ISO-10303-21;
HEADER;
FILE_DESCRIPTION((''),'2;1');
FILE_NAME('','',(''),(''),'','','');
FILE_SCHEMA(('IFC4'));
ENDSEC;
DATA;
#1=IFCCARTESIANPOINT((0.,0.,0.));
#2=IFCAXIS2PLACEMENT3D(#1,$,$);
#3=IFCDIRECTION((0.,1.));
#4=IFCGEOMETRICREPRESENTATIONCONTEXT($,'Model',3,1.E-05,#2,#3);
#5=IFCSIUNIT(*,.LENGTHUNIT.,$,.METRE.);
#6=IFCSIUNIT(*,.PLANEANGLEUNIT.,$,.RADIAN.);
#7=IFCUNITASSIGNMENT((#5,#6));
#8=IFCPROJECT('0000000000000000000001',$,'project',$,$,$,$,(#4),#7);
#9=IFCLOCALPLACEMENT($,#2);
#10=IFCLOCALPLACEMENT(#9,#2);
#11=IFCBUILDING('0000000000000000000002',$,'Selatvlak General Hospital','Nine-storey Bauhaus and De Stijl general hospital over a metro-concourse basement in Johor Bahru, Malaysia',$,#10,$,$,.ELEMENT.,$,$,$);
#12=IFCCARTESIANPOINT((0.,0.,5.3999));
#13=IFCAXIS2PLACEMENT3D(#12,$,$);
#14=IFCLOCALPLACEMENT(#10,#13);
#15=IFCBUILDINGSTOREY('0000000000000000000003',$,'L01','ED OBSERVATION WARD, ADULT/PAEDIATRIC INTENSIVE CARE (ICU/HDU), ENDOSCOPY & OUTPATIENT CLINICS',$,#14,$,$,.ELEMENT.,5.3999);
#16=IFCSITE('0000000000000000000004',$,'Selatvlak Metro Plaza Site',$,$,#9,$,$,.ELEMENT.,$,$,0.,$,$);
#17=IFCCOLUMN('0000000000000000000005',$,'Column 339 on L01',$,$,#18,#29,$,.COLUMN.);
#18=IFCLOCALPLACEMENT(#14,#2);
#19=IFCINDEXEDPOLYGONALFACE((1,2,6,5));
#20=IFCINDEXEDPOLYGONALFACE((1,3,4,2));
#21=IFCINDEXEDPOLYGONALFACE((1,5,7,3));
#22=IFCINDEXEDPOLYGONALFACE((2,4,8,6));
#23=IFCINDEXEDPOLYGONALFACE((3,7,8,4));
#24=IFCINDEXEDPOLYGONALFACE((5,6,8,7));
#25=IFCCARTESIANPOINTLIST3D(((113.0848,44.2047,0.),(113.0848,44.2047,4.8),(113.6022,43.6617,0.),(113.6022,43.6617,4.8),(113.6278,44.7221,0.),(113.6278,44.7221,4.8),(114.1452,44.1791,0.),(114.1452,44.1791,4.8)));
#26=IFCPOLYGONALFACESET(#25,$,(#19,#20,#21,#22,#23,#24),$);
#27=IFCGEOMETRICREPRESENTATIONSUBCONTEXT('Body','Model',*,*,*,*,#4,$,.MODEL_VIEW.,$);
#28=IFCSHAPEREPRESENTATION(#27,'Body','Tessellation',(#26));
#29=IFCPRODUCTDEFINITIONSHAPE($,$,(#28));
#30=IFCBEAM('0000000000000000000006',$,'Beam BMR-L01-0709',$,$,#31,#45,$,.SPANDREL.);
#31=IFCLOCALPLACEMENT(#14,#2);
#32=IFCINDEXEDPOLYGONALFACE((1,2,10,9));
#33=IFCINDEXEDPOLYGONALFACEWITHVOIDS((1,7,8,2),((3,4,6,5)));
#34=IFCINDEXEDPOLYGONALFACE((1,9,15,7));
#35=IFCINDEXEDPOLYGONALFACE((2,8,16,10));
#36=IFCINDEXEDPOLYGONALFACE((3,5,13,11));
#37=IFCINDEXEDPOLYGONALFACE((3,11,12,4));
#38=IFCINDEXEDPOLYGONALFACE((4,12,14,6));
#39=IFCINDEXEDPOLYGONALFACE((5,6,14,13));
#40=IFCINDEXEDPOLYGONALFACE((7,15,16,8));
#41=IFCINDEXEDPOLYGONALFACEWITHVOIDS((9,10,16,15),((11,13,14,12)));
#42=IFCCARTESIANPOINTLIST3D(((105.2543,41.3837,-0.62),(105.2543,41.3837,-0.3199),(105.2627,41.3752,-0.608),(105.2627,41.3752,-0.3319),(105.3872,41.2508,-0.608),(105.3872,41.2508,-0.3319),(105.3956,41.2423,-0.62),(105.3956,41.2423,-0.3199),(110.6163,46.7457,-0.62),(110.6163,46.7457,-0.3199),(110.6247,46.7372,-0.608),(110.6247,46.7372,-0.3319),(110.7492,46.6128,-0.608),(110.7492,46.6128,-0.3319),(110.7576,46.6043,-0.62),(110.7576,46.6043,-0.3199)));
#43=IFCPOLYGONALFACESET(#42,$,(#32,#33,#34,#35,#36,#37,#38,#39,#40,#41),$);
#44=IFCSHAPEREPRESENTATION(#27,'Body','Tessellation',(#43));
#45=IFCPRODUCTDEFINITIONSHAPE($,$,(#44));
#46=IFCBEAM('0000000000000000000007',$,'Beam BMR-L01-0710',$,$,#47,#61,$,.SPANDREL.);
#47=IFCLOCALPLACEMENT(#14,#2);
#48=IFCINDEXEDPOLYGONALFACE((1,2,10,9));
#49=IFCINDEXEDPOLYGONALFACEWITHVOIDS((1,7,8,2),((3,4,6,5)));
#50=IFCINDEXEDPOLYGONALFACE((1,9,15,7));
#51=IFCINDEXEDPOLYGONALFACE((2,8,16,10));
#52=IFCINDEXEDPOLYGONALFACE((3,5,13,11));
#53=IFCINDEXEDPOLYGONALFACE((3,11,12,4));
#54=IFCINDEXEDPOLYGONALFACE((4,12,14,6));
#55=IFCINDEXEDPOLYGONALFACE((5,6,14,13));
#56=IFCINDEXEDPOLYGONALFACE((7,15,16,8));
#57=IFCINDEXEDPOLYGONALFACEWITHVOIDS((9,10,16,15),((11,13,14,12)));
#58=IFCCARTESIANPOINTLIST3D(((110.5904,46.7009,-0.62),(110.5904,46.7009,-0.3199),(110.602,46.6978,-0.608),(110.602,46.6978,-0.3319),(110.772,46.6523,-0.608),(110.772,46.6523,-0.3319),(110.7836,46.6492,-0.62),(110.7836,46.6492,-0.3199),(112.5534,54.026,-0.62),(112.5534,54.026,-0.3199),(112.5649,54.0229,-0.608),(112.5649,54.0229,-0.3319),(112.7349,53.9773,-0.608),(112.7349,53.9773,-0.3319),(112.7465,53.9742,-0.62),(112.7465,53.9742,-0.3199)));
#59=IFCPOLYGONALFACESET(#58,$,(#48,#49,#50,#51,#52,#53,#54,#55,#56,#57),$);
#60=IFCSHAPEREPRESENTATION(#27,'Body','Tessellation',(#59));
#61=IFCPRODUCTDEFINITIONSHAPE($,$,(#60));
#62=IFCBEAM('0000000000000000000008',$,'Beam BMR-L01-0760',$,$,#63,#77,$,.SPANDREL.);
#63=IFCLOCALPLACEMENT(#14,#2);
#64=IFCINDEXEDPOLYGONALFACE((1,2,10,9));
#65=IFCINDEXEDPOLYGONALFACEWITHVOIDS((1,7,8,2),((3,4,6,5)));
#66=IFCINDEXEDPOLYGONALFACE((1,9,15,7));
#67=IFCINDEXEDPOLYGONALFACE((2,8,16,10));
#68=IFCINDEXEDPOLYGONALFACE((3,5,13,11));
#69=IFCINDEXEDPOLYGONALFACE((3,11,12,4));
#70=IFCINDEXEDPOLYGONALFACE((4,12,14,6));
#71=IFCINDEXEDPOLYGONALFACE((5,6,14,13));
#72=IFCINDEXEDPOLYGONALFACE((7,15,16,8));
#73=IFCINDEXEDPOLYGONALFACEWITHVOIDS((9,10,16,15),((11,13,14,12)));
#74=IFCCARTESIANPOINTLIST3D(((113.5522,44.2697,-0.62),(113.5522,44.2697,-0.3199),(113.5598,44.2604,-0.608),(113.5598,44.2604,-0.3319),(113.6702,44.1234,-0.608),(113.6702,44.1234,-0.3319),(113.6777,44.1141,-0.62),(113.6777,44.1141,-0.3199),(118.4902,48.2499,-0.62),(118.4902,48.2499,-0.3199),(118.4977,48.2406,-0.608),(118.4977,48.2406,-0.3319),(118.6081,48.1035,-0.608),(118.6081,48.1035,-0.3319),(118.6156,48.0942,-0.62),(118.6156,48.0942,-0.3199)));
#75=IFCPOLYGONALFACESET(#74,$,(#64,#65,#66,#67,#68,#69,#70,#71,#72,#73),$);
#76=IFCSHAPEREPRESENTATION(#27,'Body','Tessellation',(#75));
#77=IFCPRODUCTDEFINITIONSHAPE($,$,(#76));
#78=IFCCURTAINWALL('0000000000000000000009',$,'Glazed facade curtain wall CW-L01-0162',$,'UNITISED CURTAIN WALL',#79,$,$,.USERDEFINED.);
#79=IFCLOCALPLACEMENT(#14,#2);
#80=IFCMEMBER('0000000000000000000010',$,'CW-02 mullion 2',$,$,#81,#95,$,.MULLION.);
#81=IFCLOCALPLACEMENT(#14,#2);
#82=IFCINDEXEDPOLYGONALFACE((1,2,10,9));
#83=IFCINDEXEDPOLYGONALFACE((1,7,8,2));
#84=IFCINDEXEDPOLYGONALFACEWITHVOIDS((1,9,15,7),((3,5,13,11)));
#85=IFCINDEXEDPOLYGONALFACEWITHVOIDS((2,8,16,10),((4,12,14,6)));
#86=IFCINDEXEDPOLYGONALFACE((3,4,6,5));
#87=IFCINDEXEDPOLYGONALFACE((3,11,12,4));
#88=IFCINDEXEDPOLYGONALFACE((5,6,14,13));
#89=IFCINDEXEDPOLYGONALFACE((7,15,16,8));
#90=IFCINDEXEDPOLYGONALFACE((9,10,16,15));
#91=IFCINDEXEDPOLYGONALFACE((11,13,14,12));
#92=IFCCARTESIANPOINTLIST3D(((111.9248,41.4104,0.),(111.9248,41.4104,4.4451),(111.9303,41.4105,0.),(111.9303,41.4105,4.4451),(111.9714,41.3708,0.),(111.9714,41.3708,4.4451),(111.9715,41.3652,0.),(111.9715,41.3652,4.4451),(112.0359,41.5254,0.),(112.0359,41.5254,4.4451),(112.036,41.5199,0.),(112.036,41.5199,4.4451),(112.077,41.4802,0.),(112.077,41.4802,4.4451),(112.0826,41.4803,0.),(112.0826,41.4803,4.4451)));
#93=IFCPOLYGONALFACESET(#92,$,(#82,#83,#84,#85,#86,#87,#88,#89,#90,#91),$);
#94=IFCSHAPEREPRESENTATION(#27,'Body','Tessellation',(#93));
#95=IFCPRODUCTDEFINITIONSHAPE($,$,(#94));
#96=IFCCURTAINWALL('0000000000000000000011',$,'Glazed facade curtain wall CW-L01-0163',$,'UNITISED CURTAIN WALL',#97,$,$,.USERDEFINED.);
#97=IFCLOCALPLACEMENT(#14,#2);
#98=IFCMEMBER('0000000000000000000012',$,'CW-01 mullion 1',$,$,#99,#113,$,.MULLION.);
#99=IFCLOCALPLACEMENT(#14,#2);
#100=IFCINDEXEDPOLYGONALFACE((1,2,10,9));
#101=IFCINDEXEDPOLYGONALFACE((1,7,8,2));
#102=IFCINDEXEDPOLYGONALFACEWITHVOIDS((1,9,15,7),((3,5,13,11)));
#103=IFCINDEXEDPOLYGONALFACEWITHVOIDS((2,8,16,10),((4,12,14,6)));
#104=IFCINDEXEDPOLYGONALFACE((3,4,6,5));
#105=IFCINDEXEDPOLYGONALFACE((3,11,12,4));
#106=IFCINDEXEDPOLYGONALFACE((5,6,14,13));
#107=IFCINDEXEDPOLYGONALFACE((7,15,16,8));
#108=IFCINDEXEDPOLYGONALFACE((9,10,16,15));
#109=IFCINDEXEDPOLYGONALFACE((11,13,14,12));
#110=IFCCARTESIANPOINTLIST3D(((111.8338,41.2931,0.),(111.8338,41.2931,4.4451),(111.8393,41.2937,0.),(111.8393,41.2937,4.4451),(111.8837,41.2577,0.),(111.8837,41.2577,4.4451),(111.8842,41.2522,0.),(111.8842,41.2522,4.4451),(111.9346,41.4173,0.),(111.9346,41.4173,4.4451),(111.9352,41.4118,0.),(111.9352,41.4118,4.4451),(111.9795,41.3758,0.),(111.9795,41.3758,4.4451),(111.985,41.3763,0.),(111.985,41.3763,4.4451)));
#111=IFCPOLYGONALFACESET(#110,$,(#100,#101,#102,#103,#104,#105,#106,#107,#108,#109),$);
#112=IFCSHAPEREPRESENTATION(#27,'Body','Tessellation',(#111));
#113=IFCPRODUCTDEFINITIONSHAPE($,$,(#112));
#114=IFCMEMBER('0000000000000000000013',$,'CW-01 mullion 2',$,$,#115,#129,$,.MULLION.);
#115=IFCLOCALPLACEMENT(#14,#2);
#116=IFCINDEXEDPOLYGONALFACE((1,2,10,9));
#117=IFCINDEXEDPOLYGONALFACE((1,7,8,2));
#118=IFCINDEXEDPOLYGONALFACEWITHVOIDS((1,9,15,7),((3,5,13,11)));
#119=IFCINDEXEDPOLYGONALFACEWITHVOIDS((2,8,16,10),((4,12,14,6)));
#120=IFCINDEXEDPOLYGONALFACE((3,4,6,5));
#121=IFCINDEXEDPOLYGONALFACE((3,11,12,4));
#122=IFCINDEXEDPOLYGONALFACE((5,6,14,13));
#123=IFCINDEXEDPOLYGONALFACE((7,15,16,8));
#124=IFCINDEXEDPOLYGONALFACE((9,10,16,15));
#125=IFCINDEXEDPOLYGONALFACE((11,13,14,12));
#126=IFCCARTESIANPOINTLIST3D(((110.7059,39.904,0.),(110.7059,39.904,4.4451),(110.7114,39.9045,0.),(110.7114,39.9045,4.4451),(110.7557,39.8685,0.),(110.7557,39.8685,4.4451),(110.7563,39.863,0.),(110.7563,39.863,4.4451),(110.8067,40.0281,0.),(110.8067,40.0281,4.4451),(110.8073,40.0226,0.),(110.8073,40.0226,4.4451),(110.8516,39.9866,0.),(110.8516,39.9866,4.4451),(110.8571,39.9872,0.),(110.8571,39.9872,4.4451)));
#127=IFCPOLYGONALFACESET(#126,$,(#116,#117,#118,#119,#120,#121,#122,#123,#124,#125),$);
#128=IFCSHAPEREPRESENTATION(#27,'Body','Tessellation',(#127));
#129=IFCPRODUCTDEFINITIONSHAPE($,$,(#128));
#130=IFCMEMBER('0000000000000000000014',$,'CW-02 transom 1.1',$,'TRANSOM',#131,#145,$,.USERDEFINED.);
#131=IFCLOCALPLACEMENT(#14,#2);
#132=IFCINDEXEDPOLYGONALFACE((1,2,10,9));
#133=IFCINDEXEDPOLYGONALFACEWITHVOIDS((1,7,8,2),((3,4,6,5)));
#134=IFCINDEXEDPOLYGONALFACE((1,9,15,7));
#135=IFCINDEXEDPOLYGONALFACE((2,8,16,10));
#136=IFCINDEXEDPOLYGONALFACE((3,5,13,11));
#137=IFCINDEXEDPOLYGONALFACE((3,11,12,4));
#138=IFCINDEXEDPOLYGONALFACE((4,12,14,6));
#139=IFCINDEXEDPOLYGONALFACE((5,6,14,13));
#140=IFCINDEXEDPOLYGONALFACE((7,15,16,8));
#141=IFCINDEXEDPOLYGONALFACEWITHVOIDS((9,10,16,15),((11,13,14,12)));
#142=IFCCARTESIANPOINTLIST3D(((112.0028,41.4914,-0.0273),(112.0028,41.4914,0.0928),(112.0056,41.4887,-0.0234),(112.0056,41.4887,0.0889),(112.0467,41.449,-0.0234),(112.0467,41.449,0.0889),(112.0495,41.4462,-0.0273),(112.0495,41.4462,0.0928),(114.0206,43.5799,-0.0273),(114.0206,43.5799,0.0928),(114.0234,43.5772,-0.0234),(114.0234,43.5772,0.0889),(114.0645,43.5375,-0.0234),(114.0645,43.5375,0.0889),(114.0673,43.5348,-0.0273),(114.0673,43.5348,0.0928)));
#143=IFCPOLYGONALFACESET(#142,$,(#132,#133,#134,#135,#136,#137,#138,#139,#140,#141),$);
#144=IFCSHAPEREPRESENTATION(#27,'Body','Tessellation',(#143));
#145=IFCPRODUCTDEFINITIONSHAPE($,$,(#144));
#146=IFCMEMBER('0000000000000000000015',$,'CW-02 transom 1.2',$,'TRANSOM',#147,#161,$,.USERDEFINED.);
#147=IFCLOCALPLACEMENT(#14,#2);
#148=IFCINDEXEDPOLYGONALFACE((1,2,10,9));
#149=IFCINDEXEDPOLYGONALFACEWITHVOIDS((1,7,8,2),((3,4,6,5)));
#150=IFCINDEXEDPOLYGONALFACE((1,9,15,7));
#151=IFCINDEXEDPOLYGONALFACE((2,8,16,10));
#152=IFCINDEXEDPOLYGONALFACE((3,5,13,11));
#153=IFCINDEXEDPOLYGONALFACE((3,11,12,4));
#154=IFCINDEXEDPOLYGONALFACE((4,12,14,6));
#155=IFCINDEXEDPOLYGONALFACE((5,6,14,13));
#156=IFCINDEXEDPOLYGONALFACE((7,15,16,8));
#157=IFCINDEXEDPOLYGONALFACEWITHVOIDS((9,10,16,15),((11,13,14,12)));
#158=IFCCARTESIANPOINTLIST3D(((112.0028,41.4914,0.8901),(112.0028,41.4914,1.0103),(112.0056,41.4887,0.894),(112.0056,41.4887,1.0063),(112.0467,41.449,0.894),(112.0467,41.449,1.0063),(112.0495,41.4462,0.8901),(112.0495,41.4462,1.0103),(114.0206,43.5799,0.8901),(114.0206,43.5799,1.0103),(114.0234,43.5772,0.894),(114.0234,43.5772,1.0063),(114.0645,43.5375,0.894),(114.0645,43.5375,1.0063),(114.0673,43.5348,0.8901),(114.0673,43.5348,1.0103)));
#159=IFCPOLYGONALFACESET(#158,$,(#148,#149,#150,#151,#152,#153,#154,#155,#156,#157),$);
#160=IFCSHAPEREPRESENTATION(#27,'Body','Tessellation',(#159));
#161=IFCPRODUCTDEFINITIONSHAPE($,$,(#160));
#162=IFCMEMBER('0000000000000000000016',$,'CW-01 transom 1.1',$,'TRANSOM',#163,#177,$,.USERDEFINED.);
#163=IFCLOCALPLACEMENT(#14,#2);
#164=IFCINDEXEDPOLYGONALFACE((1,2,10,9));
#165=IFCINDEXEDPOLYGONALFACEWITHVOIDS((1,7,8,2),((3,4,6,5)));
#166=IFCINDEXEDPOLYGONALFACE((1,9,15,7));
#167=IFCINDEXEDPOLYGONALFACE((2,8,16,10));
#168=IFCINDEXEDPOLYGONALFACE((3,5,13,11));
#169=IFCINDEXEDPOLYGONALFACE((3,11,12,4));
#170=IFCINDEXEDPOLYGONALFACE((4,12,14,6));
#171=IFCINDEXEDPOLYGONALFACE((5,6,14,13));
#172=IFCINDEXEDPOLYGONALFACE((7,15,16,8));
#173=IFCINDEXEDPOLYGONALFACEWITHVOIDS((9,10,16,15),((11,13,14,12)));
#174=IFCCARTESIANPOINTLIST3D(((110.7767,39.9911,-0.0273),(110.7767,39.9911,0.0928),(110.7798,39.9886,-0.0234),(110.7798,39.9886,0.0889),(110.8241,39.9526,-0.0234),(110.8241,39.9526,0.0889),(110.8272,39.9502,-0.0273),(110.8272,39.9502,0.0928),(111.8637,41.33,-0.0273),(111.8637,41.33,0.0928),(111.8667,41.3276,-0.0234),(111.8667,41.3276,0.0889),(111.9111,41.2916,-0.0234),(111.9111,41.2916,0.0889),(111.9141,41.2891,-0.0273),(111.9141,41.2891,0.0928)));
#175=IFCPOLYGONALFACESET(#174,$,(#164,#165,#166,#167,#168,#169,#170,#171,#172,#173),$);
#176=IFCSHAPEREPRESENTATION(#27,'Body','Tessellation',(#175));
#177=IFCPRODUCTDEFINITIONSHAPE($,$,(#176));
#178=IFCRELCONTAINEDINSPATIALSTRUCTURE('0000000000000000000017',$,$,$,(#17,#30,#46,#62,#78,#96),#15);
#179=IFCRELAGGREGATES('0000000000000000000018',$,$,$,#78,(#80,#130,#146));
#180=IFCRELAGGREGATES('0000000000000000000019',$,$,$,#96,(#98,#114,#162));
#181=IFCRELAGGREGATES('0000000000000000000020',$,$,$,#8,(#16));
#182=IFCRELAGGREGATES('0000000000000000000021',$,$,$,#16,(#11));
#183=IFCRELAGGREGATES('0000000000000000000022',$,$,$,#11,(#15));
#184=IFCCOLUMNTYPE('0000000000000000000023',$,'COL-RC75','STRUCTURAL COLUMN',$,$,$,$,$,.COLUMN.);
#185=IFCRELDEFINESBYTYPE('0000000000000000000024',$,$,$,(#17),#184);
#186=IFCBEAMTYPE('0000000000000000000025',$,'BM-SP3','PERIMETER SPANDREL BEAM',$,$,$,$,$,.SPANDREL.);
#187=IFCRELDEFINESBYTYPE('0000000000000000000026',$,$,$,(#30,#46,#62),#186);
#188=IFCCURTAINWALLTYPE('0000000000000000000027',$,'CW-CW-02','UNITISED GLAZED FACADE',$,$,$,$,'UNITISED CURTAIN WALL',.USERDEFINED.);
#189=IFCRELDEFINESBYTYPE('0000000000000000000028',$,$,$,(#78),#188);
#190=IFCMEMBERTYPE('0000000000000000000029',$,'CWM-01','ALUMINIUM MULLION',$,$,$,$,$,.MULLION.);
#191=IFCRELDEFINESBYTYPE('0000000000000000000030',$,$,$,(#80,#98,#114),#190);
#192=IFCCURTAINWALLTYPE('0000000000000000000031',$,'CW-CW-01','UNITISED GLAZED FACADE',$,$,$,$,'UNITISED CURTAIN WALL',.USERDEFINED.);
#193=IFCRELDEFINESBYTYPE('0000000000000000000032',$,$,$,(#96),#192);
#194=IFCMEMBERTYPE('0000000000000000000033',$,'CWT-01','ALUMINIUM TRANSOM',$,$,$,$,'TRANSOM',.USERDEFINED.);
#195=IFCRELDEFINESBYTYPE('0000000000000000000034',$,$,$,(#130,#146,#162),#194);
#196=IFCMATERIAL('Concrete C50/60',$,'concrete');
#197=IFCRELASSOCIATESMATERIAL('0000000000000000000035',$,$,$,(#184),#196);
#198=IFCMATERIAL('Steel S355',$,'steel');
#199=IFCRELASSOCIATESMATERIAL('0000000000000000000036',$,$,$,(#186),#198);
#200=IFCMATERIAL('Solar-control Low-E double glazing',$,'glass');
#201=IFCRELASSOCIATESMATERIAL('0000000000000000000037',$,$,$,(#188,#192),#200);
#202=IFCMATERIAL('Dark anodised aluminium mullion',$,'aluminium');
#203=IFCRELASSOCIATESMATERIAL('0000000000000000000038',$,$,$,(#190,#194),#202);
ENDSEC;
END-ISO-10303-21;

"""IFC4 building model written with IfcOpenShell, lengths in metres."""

from ifc_helpers import new_model, si_unit, direction, frame, origin, origin_2d, place, context, subcontext, project, spatial, rectangle, hollow_rectangle, extrude, material, material_profile, profile_set, type_object, element, aggregate, save


model = new_model("IFC4")

# Units and contexts
model_context = context("Model", 3, precision=1e-05, world=origin(), true_north=direction((0.0, 1.0)))
body_context = subcontext(model_context, "Body", "Model", "MODEL_VIEW")
ifc_project = project(units=[si_unit("LENGTHUNIT", "METRE"), si_unit("PLANEANGLEUNIT", "RADIAN")], contexts=[model_context])

# Site, building, storey
site_placement = place(None, origin())
site = spatial("IfcSite", under=ifc_project, at=site_placement, Name="Selatvlak Metro Plaza Site", CompositionType="ELEMENT", RefElevation=0.0)
building_placement = place(site_placement, origin())
building = spatial("IfcBuilding", under=site, at=building_placement, Name="Selatvlak General Hospital", Description="Nine-storey Bauhaus and De Stijl general hospital over a metro-concourse basement in Johor Bahru, Malaysia", CompositionType="ELEMENT")
storey_placement = place(building_placement, frame((0.0, 0.0, 5.3999)))
storey = spatial("IfcBuildingStorey", under=building, at=storey_placement, Name="L01", Description="ED OBSERVATION WARD, ADULT/PAEDIATRIC INTENSIVE CARE (ICU/HDU), ENDOSCOPY & OUTPATIENT CLINICS", CompositionType="ELEMENT", Elevation=5.3999)

# Column
ifc_material_1 = material(Name="Concrete C50/60", Category="concrete")
ifc_material_profile_1 = material_profile(ifc_material_1, rectangle(XDim=0.75, YDim=0.75, at=origin_2d()), Name="RC-COL 750x750")
ifc_profile_set_1 = profile_set([ifc_material_profile_1], Name="Concrete C50/60")
column_type_1 = type_object("IfcColumnType", Name="COL-RC75", Description="STRUCTURAL COLUMN", PredefinedType="COLUMN", material=ifc_profile_set_1)
column_placement = place(storey_placement, frame((113.615, 44.1919, 0.0), z_axis=(0.0, 0.0, 1.0), x_axis=(-0.689872, 0.723931, 0.0)))
element("IfcColumn", 1, at=column_placement, inside=storey, type_object=column_type_1, Name="Column 339 on L01", PredefinedType="COLUMN", context=body_context, shape_type="SweptSolid", body=[
    extrude(rectangle(XDim=0.75, YDim=0.75, at=origin_2d()), origin(), (0.0, 0.0, 1.0), 4.8),
])

# Beams
ifc_material_2 = material(Name="Steel S355", Category="steel")
ifc_material_profile_2 = material_profile(ifc_material_2, hollow_rectangle(XDim=0.2, YDim=0.3, WallThickness=0.012, at=origin_2d()), Name="RHS 300x200x12")
ifc_profile_set_2 = profile_set([ifc_material_profile_2], Name="Steel S355")
beam_type = type_object("IfcBeamType", Name="BM-SP3", Description="PERIMETER SPANDREL BEAM", PredefinedType="SPANDREL", material=ifc_profile_set_2)
beam_1_placement = place(storey_placement, frame((105.325, 41.313, -0.47), z_axis=(0.707107, 0.707107, 0.0), x_axis=(-0.707107, 0.707107, 0.0)))
element("IfcBeam", 2, at=beam_1_placement, inside=storey, type_object=beam_type, Name="Beam BMR-L01-0709", PredefinedType="SPANDREL", context=body_context, shape_type="SweptSolid", body=[
    extrude(hollow_rectangle(XDim=0.2, YDim=0.3, WallThickness=0.012, at=origin_2d()), origin(), (0.0, 0.0, 1.0), 7.583),
])
beam_2_placement = place(storey_placement, frame((110.687, 46.675, -0.47), z_axis=(0.258841, 0.96592, 0.0), x_axis=(-0.96592, 0.258841, 0.0)))
element("IfcBeam", 3, at=beam_2_placement, inside=storey, type_object=beam_type, Name="Beam BMR-L01-0710", PredefinedType="SPANDREL", context=body_context, shape_type="SweptSolid", body=[
    extrude(hollow_rectangle(XDim=0.2, YDim=0.3, WallThickness=0.012, at=origin_2d()), origin(), (0.0, 0.0, 1.0), 7.5835),
])
beam_3_placement = place(storey_placement, frame((113.615, 44.1919, -0.47), z_axis=(0.778569, 0.627559, 0.0), x_axis=(-0.627559, 0.778569, 0.0)))
element("IfcBeam", 4, at=beam_3_placement, inside=storey, type_object=beam_type, Name="Beam BMR-L01-0760", PredefinedType="SPANDREL", context=body_context, shape_type="SweptSolid", body=[
    extrude(hollow_rectangle(XDim=0.2, YDim=0.3, WallThickness=0.012, at=origin_2d()), origin(), (0.0, 0.0, 1.0), 6.3423),
])

# Curtain wall, member
ifc_material_3 = material(Name="Solar-control Low-E double glazing", Category="glass")
curtain_wall_type_1 = type_object("IfcCurtainWallType", Name="CW-CW-02", Description="UNITISED GLAZED FACADE", ElementType="UNITISED CURTAIN WALL", PredefinedType="USERDEFINED", material=ifc_material_3)
curtain_wall_1_placement = place(storey_placement, origin())
curtain_wall_1 = element("IfcCurtainWall", 5, at=curtain_wall_1_placement, inside=storey, type_object=curtain_wall_type_1, Name="Glazed facade curtain wall CW-L01-0162", ObjectType="UNITISED CURTAIN WALL", PredefinedType="USERDEFINED")
ifc_material_4 = material(Name="Dark anodised aluminium mullion", Category="aluminium")
ifc_material_profile_3 = material_profile(ifc_material_4, hollow_rectangle(XDim=0.0649, YDim=0.1599, WallThickness=0.0039, at=origin_2d()), Name="AL-MUL 65x160x4")
ifc_profile_set_3 = profile_set([ifc_material_profile_3], Name="Dark anodised aluminium mullion")
member_type_1 = type_object("IfcMemberType", Name="CWM-01", Description="ALUMINIUM MULLION", PredefinedType="MULLION", material=ifc_profile_set_3)
member_1_placement = place(storey_placement, frame((112.0037, 41.4453, 0.0), z_axis=(0.0, 0.0, 1.0), x_axis=(0.719197, -0.694806, 0.0)))
member_1 = element("IfcMember", 6, at=member_1_placement, type_object=member_type_1, Name="CW-02 mullion 2", PredefinedType="MULLION", context=body_context, shape_type="SweptSolid", body=[
    extrude(hollow_rectangle(XDim=0.0649, YDim=0.1599, WallThickness=0.0039, at=origin_2d()), origin(), (0.0, 0.0, 1.0), 4.4451),
])

# Curtain wall, members
curtain_wall_type_2 = type_object("IfcCurtainWallType", Name="CW-CW-01", Description="UNITISED GLAZED FACADE", ElementType="UNITISED CURTAIN WALL", PredefinedType="USERDEFINED", material=ifc_material_3)
curtain_wall_2_placement = place(storey_placement, origin())
curtain_wall_2 = element("IfcCurtainWall", 7, at=curtain_wall_2_placement, inside=storey, type_object=curtain_wall_type_2, Name="Glazed facade curtain wall CW-L01-0163", ObjectType="UNITISED CURTAIN WALL", PredefinedType="USERDEFINED")
member_2_placement = place(storey_placement, frame((111.9094, 41.3347, 0.0), z_axis=(0.0, 0.0, 1.0), x_axis=(0.776324, -0.630334, 0.0)))
member_2 = element("IfcMember", 8, at=member_2_placement, type_object=member_type_1, Name="CW-01 mullion 1", PredefinedType="MULLION", context=body_context, shape_type="SweptSolid", body=[
    extrude(hollow_rectangle(XDim=0.0649, YDim=0.1599, WallThickness=0.0039, at=origin_2d()), origin(), (0.0, 0.0, 1.0), 4.4451),
])
member_3_placement = place(storey_placement, frame((110.7815, 39.9456, 0.0), z_axis=(0.0, 0.0, 1.0), x_axis=(0.776324, -0.630334, 0.0)))
member_3 = element("IfcMember", 9, at=member_3_placement, type_object=member_type_1, Name="CW-01 mullion 2", PredefinedType="MULLION", context=body_context, shape_type="SweptSolid", body=[
    extrude(hollow_rectangle(XDim=0.0649, YDim=0.1599, WallThickness=0.0039, at=origin_2d()), origin(), (0.0, 0.0, 1.0), 4.4451),
])

# Members
ifc_material_profile_4 = material_profile(ifc_material_4, hollow_rectangle(XDim=0.0649, YDim=0.1201, WallThickness=0.0039, at=origin_2d()), Name="AL-TRN 65x120x4")
ifc_profile_set_4 = profile_set([ifc_material_profile_4], Name="Dark anodised aluminium mullion")
member_type_2 = type_object("IfcMemberType", Name="CWT-01", Description="ALUMINIUM TRANSOM", ElementType="TRANSOM", PredefinedType="USERDEFINED", material=ifc_profile_set_4)
member_4_placement = place(storey_placement, frame((114.0439, 43.5574, 0.0327), z_axis=(-0.694812, -0.719191, 0.0), x_axis=(0.719191, -0.694812, 0.0)))
member_4 = element("IfcMember", 10, at=member_4_placement, type_object=member_type_2, Name="CW-02 transom 1.1", ObjectType="TRANSOM", PredefinedType="USERDEFINED", context=body_context, shape_type="SweptSolid", body=[
    extrude(hollow_rectangle(XDim=0.0649, YDim=0.1201, WallThickness=0.0039, at=origin_2d()), origin(), (0.0, 0.0, 1.0), 2.9041),
])
member_5_placement = place(storey_placement, frame((114.0439, 43.5574, 0.9502), z_axis=(-0.694812, -0.719191, 0.0), x_axis=(0.719191, -0.694812, 0.0)))
member_5 = element("IfcMember", 11, at=member_5_placement, type_object=member_type_2, Name="CW-02 transom 1.2", ObjectType="TRANSOM", PredefinedType="USERDEFINED", context=body_context, shape_type="SweptSolid", body=[
    extrude(hollow_rectangle(XDim=0.0649, YDim=0.1201, WallThickness=0.0039, at=origin_2d()), origin(), (0.0, 0.0, 1.0), 2.9041),
])
member_6_placement = place(storey_placement, frame((111.8889, 41.3096, 0.0327), z_axis=(-0.630273, -0.776374, 0.0), x_axis=(0.776374, -0.630273, 0.0)))
member_6 = element("IfcMember", 12, at=member_6_placement, type_object=member_type_2, Name="CW-01 transom 1.1", ObjectType="TRANSOM", PredefinedType="USERDEFINED", context=body_context, shape_type="SweptSolid", body=[
    extrude(hollow_rectangle(XDim=0.0649, YDim=0.1201, WallThickness=0.0039, at=origin_2d()), origin(), (0.0, 0.0, 1.0), 1.7246),
])

aggregate(curtain_wall_1, [member_1, member_4, member_5])
aggregate(curtain_wall_2, [member_2, member_3, member_6])

save(model, "model.ifc")
